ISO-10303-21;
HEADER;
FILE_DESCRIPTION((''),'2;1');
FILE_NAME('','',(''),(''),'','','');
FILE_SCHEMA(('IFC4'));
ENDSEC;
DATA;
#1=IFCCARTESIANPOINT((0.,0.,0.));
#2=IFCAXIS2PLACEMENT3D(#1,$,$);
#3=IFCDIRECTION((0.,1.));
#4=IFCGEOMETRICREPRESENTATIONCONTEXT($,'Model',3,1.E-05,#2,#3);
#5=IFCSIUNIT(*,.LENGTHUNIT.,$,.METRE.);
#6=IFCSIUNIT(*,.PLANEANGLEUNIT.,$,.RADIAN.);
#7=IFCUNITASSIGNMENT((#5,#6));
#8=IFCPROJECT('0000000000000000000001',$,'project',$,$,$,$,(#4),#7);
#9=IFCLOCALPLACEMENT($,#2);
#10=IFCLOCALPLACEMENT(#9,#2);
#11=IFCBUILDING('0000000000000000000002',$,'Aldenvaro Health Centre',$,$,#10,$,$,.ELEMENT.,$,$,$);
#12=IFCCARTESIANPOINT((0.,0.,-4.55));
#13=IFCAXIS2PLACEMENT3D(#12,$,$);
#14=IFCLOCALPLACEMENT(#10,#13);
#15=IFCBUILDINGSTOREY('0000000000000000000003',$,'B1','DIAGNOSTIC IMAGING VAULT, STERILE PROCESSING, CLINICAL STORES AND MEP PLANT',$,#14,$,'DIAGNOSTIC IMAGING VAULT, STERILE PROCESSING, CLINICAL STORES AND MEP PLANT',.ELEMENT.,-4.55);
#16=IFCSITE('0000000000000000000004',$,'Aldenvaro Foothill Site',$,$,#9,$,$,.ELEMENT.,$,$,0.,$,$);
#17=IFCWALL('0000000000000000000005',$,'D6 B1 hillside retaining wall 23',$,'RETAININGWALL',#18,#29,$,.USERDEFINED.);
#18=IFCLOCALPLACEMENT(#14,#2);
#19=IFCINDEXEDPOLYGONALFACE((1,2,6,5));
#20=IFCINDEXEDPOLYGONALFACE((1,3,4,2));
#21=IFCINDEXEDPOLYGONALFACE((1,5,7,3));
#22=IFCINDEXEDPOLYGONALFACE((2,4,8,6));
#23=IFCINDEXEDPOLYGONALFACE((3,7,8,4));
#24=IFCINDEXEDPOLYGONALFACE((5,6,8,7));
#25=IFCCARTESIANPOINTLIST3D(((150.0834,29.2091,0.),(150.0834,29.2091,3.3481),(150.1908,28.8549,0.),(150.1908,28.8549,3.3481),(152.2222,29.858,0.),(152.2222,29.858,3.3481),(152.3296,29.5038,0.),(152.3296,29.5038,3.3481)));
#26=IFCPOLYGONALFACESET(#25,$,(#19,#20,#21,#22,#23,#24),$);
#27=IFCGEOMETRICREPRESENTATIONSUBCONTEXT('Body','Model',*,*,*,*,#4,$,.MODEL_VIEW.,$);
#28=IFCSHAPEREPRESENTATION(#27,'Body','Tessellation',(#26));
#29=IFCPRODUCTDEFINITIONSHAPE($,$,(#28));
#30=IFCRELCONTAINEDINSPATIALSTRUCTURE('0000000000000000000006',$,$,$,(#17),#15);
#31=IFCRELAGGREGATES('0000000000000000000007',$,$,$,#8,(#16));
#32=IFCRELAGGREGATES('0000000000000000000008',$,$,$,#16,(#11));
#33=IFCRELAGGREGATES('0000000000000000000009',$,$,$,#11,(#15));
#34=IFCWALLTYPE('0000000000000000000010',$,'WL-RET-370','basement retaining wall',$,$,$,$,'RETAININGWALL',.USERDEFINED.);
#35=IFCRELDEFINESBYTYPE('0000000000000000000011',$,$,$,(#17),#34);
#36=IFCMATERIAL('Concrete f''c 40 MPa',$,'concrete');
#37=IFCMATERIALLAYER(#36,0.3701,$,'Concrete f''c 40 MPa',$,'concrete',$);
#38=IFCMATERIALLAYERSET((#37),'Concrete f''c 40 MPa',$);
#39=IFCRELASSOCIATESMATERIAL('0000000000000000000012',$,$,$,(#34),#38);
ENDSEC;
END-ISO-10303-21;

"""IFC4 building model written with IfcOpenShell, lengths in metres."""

from ifc_helpers import new_model, si_unit, direction, frame, frame_2d, origin, place, context, subcontext, project, spatial, rectangle, extrude, material, layer, layer_set, type_object, element, save


model = new_model("IFC4")

# Units and contexts
model_context = context("Model", 3, precision=1e-05, world=origin(), true_north=direction((0.0, 1.0)))
body_context = subcontext(model_context, "Body", "Model", "MODEL_VIEW")
ifc_project = project(units=[si_unit("LENGTHUNIT", "METRE"), si_unit("PLANEANGLEUNIT", "RADIAN")], contexts=[model_context])

# Site, building, storey
site_placement = place(None, origin())
site = spatial("IfcSite", under=ifc_project, at=site_placement, Name="Aldenvaro Foothill Site", CompositionType="ELEMENT", RefElevation=0.0)
building_placement = place(site_placement, origin())
building = spatial("IfcBuilding", under=site, at=building_placement, Name="Aldenvaro Health Centre", CompositionType="ELEMENT")
storey_placement = place(building_placement, frame((0.0, 0.0, -4.55)))
storey = spatial("IfcBuildingStorey", under=building, at=storey_placement, Name="B1", Description="DIAGNOSTIC IMAGING VAULT, STERILE PROCESSING, CLINICAL STORES AND MEP PLANT", LongName="DIAGNOSTIC IMAGING VAULT, STERILE PROCESSING, CLINICAL STORES AND MEP PLANT", CompositionType="ELEMENT", Elevation=-4.55)

# Shared definitions
ifc_material_1 = material(Name="Concrete f'c 40 MPa", Category="concrete")

# Wall
ifc_layer_1 = layer(ifc_material_1, 0.3701, Name="Concrete f'c 40 MPa", Category="concrete")
ifc_layer_set_1 = layer_set([ifc_layer_1], Name="Concrete f'c 40 MPa")
wall_type_1 = type_object("IfcWallType", Name="WL-RET-370", Description="basement retaining wall", ElementType="RETAININGWALL", PredefinedType="USERDEFINED", material=ifc_layer_set_1)
wall_1_placement = place(storey_placement, frame((150.137, 29.032, 0.0), z_axis=(0.0, 0.0, 1.0), x_axis=(0.956929, 0.290323, 0.0)))
element("IfcWall", 1, at=wall_1_placement, inside=storey, type_object=wall_type_1, Name="D6 B1 hillside retaining wall 23", ObjectType="RETAININGWALL", PredefinedType="USERDEFINED", context=body_context, shape_type="SweptSolid", body=[
    extrude(rectangle(XDim=2.2351, YDim=0.3701, at=frame_2d((1.1177, 0.0))), origin(), (0.0, 0.0, 1.0), 3.3481),
])

save(model, "model.ifc")
